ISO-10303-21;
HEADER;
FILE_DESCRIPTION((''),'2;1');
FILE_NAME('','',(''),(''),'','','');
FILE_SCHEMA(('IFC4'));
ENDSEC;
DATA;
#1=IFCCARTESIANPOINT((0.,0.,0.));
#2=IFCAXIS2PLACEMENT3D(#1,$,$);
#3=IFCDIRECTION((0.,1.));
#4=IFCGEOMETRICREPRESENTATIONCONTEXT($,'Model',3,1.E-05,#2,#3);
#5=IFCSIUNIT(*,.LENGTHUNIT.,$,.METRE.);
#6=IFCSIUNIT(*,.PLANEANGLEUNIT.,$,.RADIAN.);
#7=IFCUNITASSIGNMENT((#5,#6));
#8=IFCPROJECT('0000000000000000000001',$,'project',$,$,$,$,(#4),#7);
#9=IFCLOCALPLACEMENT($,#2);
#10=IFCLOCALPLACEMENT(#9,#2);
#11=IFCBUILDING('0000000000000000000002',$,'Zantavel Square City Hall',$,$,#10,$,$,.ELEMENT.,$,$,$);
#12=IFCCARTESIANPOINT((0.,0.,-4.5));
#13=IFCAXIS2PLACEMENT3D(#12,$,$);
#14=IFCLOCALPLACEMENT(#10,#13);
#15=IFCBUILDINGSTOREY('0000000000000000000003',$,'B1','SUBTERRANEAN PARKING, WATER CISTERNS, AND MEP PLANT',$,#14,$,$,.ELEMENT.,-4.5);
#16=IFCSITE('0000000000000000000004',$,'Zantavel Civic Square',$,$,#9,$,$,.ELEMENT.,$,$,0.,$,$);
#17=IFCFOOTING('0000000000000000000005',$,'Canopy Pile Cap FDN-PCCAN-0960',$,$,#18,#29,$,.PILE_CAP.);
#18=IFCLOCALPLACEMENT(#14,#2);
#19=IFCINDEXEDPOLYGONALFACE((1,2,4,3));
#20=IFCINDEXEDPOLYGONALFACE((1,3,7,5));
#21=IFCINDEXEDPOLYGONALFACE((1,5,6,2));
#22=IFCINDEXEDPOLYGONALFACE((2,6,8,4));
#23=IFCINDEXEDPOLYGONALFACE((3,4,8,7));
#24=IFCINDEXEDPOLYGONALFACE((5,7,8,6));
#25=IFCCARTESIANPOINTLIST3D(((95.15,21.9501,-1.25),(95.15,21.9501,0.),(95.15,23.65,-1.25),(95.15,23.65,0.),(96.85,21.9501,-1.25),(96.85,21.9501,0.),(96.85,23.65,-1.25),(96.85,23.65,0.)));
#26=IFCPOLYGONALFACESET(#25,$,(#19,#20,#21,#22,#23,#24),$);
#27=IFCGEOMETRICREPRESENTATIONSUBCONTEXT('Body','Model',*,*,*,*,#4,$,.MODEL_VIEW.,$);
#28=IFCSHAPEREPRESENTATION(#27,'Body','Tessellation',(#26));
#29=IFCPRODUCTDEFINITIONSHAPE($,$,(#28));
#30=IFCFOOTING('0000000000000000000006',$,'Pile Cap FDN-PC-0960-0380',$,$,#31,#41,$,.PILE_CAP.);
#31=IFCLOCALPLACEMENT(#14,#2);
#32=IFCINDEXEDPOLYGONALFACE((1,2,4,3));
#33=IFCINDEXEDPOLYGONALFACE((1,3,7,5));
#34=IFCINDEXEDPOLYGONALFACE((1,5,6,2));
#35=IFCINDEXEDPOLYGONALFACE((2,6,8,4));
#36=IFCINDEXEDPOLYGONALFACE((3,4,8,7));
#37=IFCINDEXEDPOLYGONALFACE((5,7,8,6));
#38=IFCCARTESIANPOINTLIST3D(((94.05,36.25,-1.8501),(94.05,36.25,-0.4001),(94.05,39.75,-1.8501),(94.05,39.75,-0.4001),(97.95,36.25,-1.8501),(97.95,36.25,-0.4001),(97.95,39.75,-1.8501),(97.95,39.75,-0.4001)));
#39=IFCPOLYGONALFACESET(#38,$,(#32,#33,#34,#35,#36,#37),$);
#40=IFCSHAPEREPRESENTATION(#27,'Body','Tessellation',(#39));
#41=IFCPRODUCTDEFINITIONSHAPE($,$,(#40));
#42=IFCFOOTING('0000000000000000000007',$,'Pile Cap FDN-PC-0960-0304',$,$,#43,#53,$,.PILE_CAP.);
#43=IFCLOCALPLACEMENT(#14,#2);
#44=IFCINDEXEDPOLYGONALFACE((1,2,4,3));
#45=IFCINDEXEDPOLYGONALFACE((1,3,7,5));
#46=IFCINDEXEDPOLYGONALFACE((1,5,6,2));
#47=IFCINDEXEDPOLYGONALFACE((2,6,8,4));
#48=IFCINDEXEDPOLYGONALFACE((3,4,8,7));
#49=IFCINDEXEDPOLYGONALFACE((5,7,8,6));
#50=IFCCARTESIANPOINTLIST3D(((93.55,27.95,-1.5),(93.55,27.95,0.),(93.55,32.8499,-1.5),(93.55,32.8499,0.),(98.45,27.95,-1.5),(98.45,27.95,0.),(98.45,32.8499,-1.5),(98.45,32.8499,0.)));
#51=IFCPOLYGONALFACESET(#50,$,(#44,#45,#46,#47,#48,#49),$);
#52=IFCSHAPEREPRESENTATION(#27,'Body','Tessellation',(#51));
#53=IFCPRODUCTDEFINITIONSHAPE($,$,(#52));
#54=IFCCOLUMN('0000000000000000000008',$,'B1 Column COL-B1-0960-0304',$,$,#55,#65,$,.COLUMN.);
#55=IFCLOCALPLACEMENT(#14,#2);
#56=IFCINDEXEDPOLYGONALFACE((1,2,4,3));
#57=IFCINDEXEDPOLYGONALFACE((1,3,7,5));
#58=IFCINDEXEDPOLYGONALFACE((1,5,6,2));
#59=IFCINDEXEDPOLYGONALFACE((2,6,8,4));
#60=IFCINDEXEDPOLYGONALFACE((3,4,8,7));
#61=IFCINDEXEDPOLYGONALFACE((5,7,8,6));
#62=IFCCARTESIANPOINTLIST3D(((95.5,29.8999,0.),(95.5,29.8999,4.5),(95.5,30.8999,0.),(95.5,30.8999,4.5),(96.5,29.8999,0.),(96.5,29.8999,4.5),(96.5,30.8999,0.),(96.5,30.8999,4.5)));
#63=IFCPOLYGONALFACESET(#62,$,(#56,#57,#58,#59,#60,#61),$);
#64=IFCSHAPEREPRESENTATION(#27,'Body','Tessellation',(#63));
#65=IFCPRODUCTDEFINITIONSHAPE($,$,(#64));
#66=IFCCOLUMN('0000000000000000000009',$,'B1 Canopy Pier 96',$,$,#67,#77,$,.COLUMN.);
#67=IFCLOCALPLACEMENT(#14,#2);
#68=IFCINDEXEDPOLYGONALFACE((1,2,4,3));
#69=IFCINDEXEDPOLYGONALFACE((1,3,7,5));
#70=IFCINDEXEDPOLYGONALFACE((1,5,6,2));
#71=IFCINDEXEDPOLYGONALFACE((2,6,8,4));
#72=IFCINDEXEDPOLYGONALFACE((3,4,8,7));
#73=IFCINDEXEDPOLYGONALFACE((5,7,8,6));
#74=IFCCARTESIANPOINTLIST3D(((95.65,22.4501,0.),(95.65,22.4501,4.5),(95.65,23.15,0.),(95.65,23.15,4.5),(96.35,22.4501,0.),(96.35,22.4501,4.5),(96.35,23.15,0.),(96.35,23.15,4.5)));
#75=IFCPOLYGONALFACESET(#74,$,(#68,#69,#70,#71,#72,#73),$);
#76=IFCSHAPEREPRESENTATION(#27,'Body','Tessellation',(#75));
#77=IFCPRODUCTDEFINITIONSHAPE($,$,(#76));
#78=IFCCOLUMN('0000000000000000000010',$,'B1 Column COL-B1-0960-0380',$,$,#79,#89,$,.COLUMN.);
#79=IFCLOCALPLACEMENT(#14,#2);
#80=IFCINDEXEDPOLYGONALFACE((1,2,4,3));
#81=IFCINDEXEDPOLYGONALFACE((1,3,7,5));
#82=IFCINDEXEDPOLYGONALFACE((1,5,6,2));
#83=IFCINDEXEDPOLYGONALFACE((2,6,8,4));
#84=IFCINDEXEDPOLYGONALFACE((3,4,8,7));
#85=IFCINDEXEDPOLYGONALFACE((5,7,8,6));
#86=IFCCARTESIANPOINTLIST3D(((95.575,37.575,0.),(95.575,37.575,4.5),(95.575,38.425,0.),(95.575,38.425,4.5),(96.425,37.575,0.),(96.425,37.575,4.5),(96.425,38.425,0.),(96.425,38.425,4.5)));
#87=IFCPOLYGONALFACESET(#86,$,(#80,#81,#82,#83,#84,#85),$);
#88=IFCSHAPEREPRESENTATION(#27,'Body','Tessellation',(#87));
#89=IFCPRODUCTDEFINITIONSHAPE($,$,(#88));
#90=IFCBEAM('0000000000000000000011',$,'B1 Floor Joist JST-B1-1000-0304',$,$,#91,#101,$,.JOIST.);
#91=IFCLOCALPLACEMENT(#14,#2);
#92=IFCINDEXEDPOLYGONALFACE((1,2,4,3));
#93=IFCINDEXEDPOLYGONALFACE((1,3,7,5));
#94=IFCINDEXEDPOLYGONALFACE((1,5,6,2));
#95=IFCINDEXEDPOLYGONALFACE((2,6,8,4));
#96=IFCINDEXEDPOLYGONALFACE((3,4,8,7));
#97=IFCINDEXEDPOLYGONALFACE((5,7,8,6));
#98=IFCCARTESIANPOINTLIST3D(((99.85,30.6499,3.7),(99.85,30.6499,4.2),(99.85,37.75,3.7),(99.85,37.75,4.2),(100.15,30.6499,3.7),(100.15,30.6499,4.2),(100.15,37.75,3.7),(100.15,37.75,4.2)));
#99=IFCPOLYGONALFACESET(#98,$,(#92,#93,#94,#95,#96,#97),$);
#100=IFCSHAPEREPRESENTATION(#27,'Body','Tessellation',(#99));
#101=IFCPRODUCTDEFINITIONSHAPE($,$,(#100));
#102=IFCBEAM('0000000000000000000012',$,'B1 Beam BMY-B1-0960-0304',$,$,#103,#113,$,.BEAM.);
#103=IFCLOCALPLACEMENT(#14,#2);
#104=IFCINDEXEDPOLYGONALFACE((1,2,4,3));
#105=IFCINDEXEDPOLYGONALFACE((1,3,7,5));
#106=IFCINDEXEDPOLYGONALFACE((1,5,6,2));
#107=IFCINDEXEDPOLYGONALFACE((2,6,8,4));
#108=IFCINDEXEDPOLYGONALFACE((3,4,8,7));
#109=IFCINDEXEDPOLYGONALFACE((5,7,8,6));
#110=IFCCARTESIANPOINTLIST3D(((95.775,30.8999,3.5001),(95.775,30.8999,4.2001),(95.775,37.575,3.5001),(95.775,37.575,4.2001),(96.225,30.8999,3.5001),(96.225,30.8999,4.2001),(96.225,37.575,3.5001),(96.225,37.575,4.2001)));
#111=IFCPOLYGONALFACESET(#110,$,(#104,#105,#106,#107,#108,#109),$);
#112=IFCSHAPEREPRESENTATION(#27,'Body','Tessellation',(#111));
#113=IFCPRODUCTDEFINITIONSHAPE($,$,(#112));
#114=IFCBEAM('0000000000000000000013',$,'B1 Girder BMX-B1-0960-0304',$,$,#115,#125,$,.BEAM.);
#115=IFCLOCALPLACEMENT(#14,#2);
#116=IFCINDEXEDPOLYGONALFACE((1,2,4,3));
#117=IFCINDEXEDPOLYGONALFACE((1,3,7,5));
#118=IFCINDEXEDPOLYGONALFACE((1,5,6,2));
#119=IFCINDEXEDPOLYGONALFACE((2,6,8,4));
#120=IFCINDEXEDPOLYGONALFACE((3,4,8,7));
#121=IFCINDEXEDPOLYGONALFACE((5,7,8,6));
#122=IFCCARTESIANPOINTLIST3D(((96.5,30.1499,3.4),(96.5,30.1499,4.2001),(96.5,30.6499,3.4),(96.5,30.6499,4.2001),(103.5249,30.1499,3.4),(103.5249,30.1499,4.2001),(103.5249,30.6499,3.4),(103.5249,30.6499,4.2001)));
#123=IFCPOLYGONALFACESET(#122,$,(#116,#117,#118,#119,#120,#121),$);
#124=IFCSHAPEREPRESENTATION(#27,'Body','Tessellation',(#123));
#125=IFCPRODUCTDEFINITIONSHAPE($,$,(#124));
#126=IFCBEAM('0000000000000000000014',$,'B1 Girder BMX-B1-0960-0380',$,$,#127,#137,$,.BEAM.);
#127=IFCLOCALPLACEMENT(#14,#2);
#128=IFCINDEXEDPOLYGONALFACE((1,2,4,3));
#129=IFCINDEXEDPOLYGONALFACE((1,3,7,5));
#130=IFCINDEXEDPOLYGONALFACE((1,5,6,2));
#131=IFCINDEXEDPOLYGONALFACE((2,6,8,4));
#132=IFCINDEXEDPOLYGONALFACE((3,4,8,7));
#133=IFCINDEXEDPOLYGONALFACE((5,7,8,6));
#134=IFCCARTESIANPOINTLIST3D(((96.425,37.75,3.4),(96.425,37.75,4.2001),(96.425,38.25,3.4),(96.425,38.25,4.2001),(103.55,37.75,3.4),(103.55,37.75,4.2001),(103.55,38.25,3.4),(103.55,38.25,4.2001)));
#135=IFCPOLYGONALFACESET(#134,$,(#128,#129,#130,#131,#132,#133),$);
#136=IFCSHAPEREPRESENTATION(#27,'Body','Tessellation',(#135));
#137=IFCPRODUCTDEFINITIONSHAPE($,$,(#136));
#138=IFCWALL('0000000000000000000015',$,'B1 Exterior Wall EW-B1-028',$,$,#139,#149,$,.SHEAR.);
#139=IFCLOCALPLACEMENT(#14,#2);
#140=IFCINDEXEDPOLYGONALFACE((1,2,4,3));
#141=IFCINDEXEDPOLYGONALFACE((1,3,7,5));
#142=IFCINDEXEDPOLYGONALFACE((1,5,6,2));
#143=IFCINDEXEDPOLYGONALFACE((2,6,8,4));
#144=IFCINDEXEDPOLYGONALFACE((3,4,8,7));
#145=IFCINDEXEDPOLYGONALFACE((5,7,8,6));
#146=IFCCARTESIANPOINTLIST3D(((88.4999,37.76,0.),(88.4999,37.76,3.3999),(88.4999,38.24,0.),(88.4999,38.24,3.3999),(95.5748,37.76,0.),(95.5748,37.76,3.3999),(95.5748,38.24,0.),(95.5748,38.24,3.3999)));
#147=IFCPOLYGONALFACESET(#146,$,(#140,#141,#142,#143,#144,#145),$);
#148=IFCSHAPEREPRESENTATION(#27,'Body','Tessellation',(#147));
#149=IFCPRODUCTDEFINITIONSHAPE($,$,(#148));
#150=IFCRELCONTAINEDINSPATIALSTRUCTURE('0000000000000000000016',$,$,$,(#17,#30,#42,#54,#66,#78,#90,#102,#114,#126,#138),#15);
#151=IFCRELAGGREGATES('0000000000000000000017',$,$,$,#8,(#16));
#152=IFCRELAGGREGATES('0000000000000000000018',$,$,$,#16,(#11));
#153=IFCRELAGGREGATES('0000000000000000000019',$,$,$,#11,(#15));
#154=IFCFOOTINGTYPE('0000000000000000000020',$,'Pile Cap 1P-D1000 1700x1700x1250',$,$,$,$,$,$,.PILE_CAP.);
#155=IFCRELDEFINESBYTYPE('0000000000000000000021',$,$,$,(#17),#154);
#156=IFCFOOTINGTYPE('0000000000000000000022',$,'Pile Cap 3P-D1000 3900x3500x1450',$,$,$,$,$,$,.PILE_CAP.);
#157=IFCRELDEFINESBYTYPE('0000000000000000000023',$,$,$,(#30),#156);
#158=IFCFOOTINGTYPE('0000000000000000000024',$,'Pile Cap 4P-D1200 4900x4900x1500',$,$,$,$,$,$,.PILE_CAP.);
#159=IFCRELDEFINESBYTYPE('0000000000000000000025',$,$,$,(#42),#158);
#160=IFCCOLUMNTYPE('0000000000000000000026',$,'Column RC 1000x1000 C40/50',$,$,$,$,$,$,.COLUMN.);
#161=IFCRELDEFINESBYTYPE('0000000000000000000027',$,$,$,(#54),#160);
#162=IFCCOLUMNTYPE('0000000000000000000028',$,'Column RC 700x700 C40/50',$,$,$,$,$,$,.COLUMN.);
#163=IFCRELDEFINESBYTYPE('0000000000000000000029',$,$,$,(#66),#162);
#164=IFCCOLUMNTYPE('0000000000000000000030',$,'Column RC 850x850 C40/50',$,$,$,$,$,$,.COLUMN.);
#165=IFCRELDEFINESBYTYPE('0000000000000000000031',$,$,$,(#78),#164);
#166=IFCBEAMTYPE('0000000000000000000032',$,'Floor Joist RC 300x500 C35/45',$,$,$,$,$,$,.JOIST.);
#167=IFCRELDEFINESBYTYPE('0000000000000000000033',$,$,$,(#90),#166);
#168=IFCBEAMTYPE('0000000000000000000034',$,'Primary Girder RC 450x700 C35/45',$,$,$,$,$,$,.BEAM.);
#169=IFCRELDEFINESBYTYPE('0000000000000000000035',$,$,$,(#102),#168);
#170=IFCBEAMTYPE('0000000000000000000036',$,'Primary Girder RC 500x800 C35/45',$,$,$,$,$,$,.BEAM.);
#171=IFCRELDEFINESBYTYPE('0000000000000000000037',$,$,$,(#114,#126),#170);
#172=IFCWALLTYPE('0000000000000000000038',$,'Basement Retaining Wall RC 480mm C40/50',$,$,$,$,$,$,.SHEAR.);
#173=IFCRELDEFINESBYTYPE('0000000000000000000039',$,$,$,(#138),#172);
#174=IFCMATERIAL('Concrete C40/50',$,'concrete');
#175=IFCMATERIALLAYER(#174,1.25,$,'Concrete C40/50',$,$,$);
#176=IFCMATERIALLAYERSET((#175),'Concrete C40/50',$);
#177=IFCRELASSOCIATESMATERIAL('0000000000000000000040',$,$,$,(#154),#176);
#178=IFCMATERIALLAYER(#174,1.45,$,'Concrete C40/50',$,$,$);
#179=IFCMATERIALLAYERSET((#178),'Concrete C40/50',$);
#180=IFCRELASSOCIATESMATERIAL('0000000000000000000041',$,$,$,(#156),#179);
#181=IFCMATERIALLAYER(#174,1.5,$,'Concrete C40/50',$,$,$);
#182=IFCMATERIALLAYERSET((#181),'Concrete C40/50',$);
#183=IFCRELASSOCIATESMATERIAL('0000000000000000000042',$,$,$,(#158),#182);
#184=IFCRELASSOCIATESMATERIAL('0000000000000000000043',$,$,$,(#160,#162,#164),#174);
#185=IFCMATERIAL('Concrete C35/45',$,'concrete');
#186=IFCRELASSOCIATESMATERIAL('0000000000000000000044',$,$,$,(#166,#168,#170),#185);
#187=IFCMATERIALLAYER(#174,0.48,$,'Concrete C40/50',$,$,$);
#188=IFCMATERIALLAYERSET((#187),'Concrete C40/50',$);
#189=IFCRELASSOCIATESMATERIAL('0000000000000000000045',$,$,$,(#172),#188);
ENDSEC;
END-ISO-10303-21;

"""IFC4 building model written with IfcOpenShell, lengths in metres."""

from ifc_helpers import new_model, si_unit, direction, frame, frame_2d, origin, origin_2d, place, context, subcontext, project, spatial, rectangle, extrude, material, layer, layer_set, material_profile, profile_set, type_object, element, save


model = new_model("IFC4")

# Units and contexts
model_context = context("Model", 3, precision=1e-05, world=origin(), true_north=direction((0.0, 1.0)))
body_context = subcontext(model_context, "Body", "Model", "MODEL_VIEW")
ifc_project = project(units=[si_unit("LENGTHUNIT", "METRE"), si_unit("PLANEANGLEUNIT", "RADIAN")], contexts=[model_context])

# Site, building, storey
site_placement = place(None, origin())
site = spatial("IfcSite", under=ifc_project, at=site_placement, Name="Zantavel Civic Square", CompositionType="ELEMENT", RefElevation=0.0)
building_placement = place(site_placement, origin())
building = spatial("IfcBuilding", under=site, at=building_placement, Name="Zantavel Square City Hall", CompositionType="ELEMENT")
storey_placement = place(building_placement, frame((0.0, 0.0, -4.5)))
storey = spatial("IfcBuildingStorey", under=building, at=storey_placement, Name="B1", Description="SUBTERRANEAN PARKING, WATER CISTERNS, AND MEP PLANT", CompositionType="ELEMENT", Elevation=-4.5)

# Shared definitions
ifc_material_1 = material(Name="Concrete C35/45", Category="concrete")

# Footings
ifc_material_2 = material(Name="Concrete C40/50", Category="concrete")
ifc_layer_1 = layer(ifc_material_2, 1.25, Name="Concrete C40/50")
ifc_layer_set_1 = layer_set([ifc_layer_1], Name="Concrete C40/50")
footing_type_1 = type_object("IfcFootingType", Name="Pile Cap 1P-D1000 1700x1700x1250", PredefinedType="PILE_CAP", material=ifc_layer_set_1)
footing_1_placement = place(storey_placement, frame((96.0, 22.8, -1.25), z_axis=(0.0, 0.0, 1.0), x_axis=(1.0, 0.0, 0.0)))
element("IfcFooting", 1, at=footing_1_placement, inside=storey, type_object=footing_type_1, Name="Canopy Pile Cap FDN-PCCAN-0960", PredefinedType="PILE_CAP", context=body_context, shape_type="SweptSolid", body=[
    extrude(rectangle(XDim=1.7, YDim=1.7, at=origin_2d()), origin(), (0.0, 0.0, 1.0), 1.25),
])
ifc_layer_2 = layer(ifc_material_2, 1.45, Name="Concrete C40/50")
ifc_layer_set_2 = layer_set([ifc_layer_2], Name="Concrete C40/50")
footing_type_2 = type_object("IfcFootingType", Name="Pile Cap 3P-D1000 3900x3500x1450", PredefinedType="PILE_CAP", material=ifc_layer_set_2)
footing_2_placement = place(storey_placement, frame((96.0, 38.0, -1.8501), z_axis=(0.0, 0.0, 1.0), x_axis=(1.0, 0.0, 0.0)))
element("IfcFooting", 2, at=footing_2_placement, inside=storey, type_object=footing_type_2, Name="Pile Cap FDN-PC-0960-0380", PredefinedType="PILE_CAP", context=body_context, shape_type="SweptSolid", body=[
    extrude(rectangle(XDim=3.8999, YDim=3.5, at=origin_2d()), origin(), (0.0, 0.0, 1.0), 1.45),
])
ifc_layer_3 = layer(ifc_material_2, 1.5, Name="Concrete C40/50")
ifc_layer_set_3 = layer_set([ifc_layer_3], Name="Concrete C40/50")
footing_type_3 = type_object("IfcFootingType", Name="Pile Cap 4P-D1200 4900x4900x1500", PredefinedType="PILE_CAP", material=ifc_layer_set_3)
footing_3_placement = place(storey_placement, frame((96.0, 30.3999, -1.5), z_axis=(0.0, 0.0, 1.0), x_axis=(1.0, 0.0, 0.0)))
element("IfcFooting", 3, at=footing_3_placement, inside=storey, type_object=footing_type_3, Name="Pile Cap FDN-PC-0960-0304", PredefinedType="PILE_CAP", context=body_context, shape_type="SweptSolid", body=[
    extrude(rectangle(XDim=4.8999, YDim=4.8999, at=origin_2d()), origin(), (0.0, 0.0, 1.0), 1.5),
])

# Columns
ifc_material_profile_1 = material_profile(ifc_material_2, rectangle(XDim=1.0, YDim=1.0, at=origin_2d()), Name="RC 1000x1000")
ifc_profile_set_1 = profile_set([ifc_material_profile_1], Name="Concrete C40/50")
column_type_1 = type_object("IfcColumnType", Name="Column RC 1000x1000 C40/50", PredefinedType="COLUMN", material=ifc_profile_set_1)
column_1_placement = place(storey_placement, frame((96.0, 30.3999, 0.0), z_axis=(0.0, 0.0, 1.0), x_axis=(1.0, 0.0, 0.0)))
element("IfcColumn", 4, at=column_1_placement, inside=storey, type_object=column_type_1, Name="B1 Column COL-B1-0960-0304", PredefinedType="COLUMN", context=body_context, shape_type="SweptSolid", body=[
    extrude(rectangle(XDim=1.0, YDim=1.0, at=origin_2d()), origin(), (0.0, 0.0, 1.0), 4.5),
])
ifc_material_profile_2 = material_profile(ifc_material_2, rectangle(XDim=0.7, YDim=0.7, at=origin_2d()), Name="RC 700x700")
ifc_profile_set_2 = profile_set([ifc_material_profile_2], Name="Concrete C40/50")
column_type_2 = type_object("IfcColumnType", Name="Column RC 700x700 C40/50", PredefinedType="COLUMN", material=ifc_profile_set_2)
column_2_placement = place(storey_placement, frame((96.0, 22.8, 0.0), z_axis=(0.0, 0.0, 1.0), x_axis=(1.0, 0.0, 0.0)))
element("IfcColumn", 5, at=column_2_placement, inside=storey, type_object=column_type_2, Name="B1 Canopy Pier 96", PredefinedType="COLUMN", context=body_context, shape_type="SweptSolid", body=[
    extrude(rectangle(XDim=0.7, YDim=0.7, at=origin_2d()), origin(), (0.0, 0.0, 1.0), 4.5),
])
ifc_material_profile_3 = material_profile(ifc_material_2, rectangle(XDim=0.8501, YDim=0.8501, at=origin_2d()), Name="RC 850x850")
ifc_profile_set_3 = profile_set([ifc_material_profile_3], Name="Concrete C40/50")
column_type_3 = type_object("IfcColumnType", Name="Column RC 850x850 C40/50", PredefinedType="COLUMN", material=ifc_profile_set_3)
column_3_placement = place(storey_placement, frame((96.0, 38.0, 0.0), z_axis=(0.0, 0.0, 1.0), x_axis=(1.0, 0.0, 0.0)))
element("IfcColumn", 6, at=column_3_placement, inside=storey, type_object=column_type_3, Name="B1 Column COL-B1-0960-0380", PredefinedType="COLUMN", context=body_context, shape_type="SweptSolid", body=[
    extrude(rectangle(XDim=0.8501, YDim=0.8501, at=origin_2d()), origin(), (0.0, 0.0, 1.0), 4.5),
])

# Beams
ifc_material_profile_4 = material_profile(ifc_material_1, rectangle(XDim=0.3, YDim=0.5, at=origin_2d()), Name="RC 300x500")
ifc_profile_set_4 = profile_set([ifc_material_profile_4], Name="Concrete C35/45")
beam_type_1 = type_object("IfcBeamType", Name="Floor Joist RC 300x500 C35/45", PredefinedType="JOIST", material=ifc_profile_set_4)
beam_1_placement = place(storey_placement, frame((100.0, 30.6499, 3.95), z_axis=(0.0, 1.0, 0.0), x_axis=(-1.0, 0.0, 0.0)))
element("IfcBeam", 7, at=beam_1_placement, inside=storey, type_object=beam_type_1, Name="B1 Floor Joist JST-B1-1000-0304", PredefinedType="JOIST", context=body_context, shape_type="SweptSolid", body=[
    extrude(rectangle(XDim=0.3, YDim=0.5, at=origin_2d()), origin(), (0.0, 0.0, 1.0), 7.1001),
])
ifc_material_profile_5 = material_profile(ifc_material_1, rectangle(XDim=0.45, YDim=0.7, at=origin_2d()), Name="RC 450x700")
ifc_profile_set_5 = profile_set([ifc_material_profile_5], Name="Concrete C35/45")
beam_type_2 = type_object("IfcBeamType", Name="Primary Girder RC 450x700 C35/45", PredefinedType="BEAM", material=ifc_profile_set_5)
beam_2_placement = place(storey_placement, frame((96.0, 30.8999, 3.8501), z_axis=(0.0, 1.0, 0.0), x_axis=(-1.0, 0.0, 0.0)))
element("IfcBeam", 8, at=beam_2_placement, inside=storey, type_object=beam_type_2, Name="B1 Beam BMY-B1-0960-0304", PredefinedType="BEAM", context=body_context, shape_type="SweptSolid", body=[
    extrude(rectangle(XDim=0.45, YDim=0.7, at=origin_2d()), origin(), (0.0, 0.0, 1.0), 6.675),
])
ifc_material_profile_6 = material_profile(ifc_material_1, rectangle(XDim=0.5, YDim=0.8, at=origin_2d()), Name="RC 500x800")
ifc_profile_set_6 = profile_set([ifc_material_profile_6], Name="Concrete C35/45")
beam_type_3 = type_object("IfcBeamType", Name="Primary Girder RC 500x800 C35/45", PredefinedType="BEAM", material=ifc_profile_set_6)
beam_3_placement = place(storey_placement, frame((96.5, 30.3999, 3.8), z_axis=(1.0, 0.0, 0.0), x_axis=(0.0, 1.0, 0.0)))
element("IfcBeam", 9, at=beam_3_placement, inside=storey, type_object=beam_type_3, Name="B1 Girder BMX-B1-0960-0304", PredefinedType="BEAM", context=body_context, shape_type="SweptSolid", body=[
    extrude(rectangle(XDim=0.5, YDim=0.8, at=origin_2d()), origin(), (0.0, 0.0, 1.0), 7.0249),
])
beam_4_placement = place(storey_placement, frame((96.425, 38.0, 3.8), z_axis=(1.0, 0.0, 0.0), x_axis=(0.0, 1.0, 0.0)))
element("IfcBeam", 10, at=beam_4_placement, inside=storey, type_object=beam_type_3, Name="B1 Girder BMX-B1-0960-0380", PredefinedType="BEAM", context=body_context, shape_type="SweptSolid", body=[
    extrude(rectangle(XDim=0.5, YDim=0.8, at=origin_2d()), origin(), (0.0, 0.0, 1.0), 7.125),
])

# Wall
ifc_layer_4 = layer(ifc_material_2, 0.48, Name="Concrete C40/50")
ifc_layer_set_4 = layer_set([ifc_layer_4], Name="Concrete C40/50")
wall_type = type_object("IfcWallType", Name="Basement Retaining Wall RC 480mm C40/50", PredefinedType="SHEAR", material=ifc_layer_set_4)
wall_placement = place(storey_placement, frame((95.575, 38.0, 0.0), z_axis=(0.0, 0.0, 1.0), x_axis=(-1.0, 0.0, 0.0)))
element("IfcWall", 11, at=wall_placement, inside=storey, type_object=wall_type, Name="B1 Exterior Wall EW-B1-028", PredefinedType="SHEAR", context=body_context, shape_type="SweptSolid", body=[
    extrude(rectangle(XDim=7.075, YDim=0.48, at=frame_2d((3.5376, 0.0))), origin(), (0.0, 0.0, 1.0), 3.3999),
])

save(model, "model.ifc")
